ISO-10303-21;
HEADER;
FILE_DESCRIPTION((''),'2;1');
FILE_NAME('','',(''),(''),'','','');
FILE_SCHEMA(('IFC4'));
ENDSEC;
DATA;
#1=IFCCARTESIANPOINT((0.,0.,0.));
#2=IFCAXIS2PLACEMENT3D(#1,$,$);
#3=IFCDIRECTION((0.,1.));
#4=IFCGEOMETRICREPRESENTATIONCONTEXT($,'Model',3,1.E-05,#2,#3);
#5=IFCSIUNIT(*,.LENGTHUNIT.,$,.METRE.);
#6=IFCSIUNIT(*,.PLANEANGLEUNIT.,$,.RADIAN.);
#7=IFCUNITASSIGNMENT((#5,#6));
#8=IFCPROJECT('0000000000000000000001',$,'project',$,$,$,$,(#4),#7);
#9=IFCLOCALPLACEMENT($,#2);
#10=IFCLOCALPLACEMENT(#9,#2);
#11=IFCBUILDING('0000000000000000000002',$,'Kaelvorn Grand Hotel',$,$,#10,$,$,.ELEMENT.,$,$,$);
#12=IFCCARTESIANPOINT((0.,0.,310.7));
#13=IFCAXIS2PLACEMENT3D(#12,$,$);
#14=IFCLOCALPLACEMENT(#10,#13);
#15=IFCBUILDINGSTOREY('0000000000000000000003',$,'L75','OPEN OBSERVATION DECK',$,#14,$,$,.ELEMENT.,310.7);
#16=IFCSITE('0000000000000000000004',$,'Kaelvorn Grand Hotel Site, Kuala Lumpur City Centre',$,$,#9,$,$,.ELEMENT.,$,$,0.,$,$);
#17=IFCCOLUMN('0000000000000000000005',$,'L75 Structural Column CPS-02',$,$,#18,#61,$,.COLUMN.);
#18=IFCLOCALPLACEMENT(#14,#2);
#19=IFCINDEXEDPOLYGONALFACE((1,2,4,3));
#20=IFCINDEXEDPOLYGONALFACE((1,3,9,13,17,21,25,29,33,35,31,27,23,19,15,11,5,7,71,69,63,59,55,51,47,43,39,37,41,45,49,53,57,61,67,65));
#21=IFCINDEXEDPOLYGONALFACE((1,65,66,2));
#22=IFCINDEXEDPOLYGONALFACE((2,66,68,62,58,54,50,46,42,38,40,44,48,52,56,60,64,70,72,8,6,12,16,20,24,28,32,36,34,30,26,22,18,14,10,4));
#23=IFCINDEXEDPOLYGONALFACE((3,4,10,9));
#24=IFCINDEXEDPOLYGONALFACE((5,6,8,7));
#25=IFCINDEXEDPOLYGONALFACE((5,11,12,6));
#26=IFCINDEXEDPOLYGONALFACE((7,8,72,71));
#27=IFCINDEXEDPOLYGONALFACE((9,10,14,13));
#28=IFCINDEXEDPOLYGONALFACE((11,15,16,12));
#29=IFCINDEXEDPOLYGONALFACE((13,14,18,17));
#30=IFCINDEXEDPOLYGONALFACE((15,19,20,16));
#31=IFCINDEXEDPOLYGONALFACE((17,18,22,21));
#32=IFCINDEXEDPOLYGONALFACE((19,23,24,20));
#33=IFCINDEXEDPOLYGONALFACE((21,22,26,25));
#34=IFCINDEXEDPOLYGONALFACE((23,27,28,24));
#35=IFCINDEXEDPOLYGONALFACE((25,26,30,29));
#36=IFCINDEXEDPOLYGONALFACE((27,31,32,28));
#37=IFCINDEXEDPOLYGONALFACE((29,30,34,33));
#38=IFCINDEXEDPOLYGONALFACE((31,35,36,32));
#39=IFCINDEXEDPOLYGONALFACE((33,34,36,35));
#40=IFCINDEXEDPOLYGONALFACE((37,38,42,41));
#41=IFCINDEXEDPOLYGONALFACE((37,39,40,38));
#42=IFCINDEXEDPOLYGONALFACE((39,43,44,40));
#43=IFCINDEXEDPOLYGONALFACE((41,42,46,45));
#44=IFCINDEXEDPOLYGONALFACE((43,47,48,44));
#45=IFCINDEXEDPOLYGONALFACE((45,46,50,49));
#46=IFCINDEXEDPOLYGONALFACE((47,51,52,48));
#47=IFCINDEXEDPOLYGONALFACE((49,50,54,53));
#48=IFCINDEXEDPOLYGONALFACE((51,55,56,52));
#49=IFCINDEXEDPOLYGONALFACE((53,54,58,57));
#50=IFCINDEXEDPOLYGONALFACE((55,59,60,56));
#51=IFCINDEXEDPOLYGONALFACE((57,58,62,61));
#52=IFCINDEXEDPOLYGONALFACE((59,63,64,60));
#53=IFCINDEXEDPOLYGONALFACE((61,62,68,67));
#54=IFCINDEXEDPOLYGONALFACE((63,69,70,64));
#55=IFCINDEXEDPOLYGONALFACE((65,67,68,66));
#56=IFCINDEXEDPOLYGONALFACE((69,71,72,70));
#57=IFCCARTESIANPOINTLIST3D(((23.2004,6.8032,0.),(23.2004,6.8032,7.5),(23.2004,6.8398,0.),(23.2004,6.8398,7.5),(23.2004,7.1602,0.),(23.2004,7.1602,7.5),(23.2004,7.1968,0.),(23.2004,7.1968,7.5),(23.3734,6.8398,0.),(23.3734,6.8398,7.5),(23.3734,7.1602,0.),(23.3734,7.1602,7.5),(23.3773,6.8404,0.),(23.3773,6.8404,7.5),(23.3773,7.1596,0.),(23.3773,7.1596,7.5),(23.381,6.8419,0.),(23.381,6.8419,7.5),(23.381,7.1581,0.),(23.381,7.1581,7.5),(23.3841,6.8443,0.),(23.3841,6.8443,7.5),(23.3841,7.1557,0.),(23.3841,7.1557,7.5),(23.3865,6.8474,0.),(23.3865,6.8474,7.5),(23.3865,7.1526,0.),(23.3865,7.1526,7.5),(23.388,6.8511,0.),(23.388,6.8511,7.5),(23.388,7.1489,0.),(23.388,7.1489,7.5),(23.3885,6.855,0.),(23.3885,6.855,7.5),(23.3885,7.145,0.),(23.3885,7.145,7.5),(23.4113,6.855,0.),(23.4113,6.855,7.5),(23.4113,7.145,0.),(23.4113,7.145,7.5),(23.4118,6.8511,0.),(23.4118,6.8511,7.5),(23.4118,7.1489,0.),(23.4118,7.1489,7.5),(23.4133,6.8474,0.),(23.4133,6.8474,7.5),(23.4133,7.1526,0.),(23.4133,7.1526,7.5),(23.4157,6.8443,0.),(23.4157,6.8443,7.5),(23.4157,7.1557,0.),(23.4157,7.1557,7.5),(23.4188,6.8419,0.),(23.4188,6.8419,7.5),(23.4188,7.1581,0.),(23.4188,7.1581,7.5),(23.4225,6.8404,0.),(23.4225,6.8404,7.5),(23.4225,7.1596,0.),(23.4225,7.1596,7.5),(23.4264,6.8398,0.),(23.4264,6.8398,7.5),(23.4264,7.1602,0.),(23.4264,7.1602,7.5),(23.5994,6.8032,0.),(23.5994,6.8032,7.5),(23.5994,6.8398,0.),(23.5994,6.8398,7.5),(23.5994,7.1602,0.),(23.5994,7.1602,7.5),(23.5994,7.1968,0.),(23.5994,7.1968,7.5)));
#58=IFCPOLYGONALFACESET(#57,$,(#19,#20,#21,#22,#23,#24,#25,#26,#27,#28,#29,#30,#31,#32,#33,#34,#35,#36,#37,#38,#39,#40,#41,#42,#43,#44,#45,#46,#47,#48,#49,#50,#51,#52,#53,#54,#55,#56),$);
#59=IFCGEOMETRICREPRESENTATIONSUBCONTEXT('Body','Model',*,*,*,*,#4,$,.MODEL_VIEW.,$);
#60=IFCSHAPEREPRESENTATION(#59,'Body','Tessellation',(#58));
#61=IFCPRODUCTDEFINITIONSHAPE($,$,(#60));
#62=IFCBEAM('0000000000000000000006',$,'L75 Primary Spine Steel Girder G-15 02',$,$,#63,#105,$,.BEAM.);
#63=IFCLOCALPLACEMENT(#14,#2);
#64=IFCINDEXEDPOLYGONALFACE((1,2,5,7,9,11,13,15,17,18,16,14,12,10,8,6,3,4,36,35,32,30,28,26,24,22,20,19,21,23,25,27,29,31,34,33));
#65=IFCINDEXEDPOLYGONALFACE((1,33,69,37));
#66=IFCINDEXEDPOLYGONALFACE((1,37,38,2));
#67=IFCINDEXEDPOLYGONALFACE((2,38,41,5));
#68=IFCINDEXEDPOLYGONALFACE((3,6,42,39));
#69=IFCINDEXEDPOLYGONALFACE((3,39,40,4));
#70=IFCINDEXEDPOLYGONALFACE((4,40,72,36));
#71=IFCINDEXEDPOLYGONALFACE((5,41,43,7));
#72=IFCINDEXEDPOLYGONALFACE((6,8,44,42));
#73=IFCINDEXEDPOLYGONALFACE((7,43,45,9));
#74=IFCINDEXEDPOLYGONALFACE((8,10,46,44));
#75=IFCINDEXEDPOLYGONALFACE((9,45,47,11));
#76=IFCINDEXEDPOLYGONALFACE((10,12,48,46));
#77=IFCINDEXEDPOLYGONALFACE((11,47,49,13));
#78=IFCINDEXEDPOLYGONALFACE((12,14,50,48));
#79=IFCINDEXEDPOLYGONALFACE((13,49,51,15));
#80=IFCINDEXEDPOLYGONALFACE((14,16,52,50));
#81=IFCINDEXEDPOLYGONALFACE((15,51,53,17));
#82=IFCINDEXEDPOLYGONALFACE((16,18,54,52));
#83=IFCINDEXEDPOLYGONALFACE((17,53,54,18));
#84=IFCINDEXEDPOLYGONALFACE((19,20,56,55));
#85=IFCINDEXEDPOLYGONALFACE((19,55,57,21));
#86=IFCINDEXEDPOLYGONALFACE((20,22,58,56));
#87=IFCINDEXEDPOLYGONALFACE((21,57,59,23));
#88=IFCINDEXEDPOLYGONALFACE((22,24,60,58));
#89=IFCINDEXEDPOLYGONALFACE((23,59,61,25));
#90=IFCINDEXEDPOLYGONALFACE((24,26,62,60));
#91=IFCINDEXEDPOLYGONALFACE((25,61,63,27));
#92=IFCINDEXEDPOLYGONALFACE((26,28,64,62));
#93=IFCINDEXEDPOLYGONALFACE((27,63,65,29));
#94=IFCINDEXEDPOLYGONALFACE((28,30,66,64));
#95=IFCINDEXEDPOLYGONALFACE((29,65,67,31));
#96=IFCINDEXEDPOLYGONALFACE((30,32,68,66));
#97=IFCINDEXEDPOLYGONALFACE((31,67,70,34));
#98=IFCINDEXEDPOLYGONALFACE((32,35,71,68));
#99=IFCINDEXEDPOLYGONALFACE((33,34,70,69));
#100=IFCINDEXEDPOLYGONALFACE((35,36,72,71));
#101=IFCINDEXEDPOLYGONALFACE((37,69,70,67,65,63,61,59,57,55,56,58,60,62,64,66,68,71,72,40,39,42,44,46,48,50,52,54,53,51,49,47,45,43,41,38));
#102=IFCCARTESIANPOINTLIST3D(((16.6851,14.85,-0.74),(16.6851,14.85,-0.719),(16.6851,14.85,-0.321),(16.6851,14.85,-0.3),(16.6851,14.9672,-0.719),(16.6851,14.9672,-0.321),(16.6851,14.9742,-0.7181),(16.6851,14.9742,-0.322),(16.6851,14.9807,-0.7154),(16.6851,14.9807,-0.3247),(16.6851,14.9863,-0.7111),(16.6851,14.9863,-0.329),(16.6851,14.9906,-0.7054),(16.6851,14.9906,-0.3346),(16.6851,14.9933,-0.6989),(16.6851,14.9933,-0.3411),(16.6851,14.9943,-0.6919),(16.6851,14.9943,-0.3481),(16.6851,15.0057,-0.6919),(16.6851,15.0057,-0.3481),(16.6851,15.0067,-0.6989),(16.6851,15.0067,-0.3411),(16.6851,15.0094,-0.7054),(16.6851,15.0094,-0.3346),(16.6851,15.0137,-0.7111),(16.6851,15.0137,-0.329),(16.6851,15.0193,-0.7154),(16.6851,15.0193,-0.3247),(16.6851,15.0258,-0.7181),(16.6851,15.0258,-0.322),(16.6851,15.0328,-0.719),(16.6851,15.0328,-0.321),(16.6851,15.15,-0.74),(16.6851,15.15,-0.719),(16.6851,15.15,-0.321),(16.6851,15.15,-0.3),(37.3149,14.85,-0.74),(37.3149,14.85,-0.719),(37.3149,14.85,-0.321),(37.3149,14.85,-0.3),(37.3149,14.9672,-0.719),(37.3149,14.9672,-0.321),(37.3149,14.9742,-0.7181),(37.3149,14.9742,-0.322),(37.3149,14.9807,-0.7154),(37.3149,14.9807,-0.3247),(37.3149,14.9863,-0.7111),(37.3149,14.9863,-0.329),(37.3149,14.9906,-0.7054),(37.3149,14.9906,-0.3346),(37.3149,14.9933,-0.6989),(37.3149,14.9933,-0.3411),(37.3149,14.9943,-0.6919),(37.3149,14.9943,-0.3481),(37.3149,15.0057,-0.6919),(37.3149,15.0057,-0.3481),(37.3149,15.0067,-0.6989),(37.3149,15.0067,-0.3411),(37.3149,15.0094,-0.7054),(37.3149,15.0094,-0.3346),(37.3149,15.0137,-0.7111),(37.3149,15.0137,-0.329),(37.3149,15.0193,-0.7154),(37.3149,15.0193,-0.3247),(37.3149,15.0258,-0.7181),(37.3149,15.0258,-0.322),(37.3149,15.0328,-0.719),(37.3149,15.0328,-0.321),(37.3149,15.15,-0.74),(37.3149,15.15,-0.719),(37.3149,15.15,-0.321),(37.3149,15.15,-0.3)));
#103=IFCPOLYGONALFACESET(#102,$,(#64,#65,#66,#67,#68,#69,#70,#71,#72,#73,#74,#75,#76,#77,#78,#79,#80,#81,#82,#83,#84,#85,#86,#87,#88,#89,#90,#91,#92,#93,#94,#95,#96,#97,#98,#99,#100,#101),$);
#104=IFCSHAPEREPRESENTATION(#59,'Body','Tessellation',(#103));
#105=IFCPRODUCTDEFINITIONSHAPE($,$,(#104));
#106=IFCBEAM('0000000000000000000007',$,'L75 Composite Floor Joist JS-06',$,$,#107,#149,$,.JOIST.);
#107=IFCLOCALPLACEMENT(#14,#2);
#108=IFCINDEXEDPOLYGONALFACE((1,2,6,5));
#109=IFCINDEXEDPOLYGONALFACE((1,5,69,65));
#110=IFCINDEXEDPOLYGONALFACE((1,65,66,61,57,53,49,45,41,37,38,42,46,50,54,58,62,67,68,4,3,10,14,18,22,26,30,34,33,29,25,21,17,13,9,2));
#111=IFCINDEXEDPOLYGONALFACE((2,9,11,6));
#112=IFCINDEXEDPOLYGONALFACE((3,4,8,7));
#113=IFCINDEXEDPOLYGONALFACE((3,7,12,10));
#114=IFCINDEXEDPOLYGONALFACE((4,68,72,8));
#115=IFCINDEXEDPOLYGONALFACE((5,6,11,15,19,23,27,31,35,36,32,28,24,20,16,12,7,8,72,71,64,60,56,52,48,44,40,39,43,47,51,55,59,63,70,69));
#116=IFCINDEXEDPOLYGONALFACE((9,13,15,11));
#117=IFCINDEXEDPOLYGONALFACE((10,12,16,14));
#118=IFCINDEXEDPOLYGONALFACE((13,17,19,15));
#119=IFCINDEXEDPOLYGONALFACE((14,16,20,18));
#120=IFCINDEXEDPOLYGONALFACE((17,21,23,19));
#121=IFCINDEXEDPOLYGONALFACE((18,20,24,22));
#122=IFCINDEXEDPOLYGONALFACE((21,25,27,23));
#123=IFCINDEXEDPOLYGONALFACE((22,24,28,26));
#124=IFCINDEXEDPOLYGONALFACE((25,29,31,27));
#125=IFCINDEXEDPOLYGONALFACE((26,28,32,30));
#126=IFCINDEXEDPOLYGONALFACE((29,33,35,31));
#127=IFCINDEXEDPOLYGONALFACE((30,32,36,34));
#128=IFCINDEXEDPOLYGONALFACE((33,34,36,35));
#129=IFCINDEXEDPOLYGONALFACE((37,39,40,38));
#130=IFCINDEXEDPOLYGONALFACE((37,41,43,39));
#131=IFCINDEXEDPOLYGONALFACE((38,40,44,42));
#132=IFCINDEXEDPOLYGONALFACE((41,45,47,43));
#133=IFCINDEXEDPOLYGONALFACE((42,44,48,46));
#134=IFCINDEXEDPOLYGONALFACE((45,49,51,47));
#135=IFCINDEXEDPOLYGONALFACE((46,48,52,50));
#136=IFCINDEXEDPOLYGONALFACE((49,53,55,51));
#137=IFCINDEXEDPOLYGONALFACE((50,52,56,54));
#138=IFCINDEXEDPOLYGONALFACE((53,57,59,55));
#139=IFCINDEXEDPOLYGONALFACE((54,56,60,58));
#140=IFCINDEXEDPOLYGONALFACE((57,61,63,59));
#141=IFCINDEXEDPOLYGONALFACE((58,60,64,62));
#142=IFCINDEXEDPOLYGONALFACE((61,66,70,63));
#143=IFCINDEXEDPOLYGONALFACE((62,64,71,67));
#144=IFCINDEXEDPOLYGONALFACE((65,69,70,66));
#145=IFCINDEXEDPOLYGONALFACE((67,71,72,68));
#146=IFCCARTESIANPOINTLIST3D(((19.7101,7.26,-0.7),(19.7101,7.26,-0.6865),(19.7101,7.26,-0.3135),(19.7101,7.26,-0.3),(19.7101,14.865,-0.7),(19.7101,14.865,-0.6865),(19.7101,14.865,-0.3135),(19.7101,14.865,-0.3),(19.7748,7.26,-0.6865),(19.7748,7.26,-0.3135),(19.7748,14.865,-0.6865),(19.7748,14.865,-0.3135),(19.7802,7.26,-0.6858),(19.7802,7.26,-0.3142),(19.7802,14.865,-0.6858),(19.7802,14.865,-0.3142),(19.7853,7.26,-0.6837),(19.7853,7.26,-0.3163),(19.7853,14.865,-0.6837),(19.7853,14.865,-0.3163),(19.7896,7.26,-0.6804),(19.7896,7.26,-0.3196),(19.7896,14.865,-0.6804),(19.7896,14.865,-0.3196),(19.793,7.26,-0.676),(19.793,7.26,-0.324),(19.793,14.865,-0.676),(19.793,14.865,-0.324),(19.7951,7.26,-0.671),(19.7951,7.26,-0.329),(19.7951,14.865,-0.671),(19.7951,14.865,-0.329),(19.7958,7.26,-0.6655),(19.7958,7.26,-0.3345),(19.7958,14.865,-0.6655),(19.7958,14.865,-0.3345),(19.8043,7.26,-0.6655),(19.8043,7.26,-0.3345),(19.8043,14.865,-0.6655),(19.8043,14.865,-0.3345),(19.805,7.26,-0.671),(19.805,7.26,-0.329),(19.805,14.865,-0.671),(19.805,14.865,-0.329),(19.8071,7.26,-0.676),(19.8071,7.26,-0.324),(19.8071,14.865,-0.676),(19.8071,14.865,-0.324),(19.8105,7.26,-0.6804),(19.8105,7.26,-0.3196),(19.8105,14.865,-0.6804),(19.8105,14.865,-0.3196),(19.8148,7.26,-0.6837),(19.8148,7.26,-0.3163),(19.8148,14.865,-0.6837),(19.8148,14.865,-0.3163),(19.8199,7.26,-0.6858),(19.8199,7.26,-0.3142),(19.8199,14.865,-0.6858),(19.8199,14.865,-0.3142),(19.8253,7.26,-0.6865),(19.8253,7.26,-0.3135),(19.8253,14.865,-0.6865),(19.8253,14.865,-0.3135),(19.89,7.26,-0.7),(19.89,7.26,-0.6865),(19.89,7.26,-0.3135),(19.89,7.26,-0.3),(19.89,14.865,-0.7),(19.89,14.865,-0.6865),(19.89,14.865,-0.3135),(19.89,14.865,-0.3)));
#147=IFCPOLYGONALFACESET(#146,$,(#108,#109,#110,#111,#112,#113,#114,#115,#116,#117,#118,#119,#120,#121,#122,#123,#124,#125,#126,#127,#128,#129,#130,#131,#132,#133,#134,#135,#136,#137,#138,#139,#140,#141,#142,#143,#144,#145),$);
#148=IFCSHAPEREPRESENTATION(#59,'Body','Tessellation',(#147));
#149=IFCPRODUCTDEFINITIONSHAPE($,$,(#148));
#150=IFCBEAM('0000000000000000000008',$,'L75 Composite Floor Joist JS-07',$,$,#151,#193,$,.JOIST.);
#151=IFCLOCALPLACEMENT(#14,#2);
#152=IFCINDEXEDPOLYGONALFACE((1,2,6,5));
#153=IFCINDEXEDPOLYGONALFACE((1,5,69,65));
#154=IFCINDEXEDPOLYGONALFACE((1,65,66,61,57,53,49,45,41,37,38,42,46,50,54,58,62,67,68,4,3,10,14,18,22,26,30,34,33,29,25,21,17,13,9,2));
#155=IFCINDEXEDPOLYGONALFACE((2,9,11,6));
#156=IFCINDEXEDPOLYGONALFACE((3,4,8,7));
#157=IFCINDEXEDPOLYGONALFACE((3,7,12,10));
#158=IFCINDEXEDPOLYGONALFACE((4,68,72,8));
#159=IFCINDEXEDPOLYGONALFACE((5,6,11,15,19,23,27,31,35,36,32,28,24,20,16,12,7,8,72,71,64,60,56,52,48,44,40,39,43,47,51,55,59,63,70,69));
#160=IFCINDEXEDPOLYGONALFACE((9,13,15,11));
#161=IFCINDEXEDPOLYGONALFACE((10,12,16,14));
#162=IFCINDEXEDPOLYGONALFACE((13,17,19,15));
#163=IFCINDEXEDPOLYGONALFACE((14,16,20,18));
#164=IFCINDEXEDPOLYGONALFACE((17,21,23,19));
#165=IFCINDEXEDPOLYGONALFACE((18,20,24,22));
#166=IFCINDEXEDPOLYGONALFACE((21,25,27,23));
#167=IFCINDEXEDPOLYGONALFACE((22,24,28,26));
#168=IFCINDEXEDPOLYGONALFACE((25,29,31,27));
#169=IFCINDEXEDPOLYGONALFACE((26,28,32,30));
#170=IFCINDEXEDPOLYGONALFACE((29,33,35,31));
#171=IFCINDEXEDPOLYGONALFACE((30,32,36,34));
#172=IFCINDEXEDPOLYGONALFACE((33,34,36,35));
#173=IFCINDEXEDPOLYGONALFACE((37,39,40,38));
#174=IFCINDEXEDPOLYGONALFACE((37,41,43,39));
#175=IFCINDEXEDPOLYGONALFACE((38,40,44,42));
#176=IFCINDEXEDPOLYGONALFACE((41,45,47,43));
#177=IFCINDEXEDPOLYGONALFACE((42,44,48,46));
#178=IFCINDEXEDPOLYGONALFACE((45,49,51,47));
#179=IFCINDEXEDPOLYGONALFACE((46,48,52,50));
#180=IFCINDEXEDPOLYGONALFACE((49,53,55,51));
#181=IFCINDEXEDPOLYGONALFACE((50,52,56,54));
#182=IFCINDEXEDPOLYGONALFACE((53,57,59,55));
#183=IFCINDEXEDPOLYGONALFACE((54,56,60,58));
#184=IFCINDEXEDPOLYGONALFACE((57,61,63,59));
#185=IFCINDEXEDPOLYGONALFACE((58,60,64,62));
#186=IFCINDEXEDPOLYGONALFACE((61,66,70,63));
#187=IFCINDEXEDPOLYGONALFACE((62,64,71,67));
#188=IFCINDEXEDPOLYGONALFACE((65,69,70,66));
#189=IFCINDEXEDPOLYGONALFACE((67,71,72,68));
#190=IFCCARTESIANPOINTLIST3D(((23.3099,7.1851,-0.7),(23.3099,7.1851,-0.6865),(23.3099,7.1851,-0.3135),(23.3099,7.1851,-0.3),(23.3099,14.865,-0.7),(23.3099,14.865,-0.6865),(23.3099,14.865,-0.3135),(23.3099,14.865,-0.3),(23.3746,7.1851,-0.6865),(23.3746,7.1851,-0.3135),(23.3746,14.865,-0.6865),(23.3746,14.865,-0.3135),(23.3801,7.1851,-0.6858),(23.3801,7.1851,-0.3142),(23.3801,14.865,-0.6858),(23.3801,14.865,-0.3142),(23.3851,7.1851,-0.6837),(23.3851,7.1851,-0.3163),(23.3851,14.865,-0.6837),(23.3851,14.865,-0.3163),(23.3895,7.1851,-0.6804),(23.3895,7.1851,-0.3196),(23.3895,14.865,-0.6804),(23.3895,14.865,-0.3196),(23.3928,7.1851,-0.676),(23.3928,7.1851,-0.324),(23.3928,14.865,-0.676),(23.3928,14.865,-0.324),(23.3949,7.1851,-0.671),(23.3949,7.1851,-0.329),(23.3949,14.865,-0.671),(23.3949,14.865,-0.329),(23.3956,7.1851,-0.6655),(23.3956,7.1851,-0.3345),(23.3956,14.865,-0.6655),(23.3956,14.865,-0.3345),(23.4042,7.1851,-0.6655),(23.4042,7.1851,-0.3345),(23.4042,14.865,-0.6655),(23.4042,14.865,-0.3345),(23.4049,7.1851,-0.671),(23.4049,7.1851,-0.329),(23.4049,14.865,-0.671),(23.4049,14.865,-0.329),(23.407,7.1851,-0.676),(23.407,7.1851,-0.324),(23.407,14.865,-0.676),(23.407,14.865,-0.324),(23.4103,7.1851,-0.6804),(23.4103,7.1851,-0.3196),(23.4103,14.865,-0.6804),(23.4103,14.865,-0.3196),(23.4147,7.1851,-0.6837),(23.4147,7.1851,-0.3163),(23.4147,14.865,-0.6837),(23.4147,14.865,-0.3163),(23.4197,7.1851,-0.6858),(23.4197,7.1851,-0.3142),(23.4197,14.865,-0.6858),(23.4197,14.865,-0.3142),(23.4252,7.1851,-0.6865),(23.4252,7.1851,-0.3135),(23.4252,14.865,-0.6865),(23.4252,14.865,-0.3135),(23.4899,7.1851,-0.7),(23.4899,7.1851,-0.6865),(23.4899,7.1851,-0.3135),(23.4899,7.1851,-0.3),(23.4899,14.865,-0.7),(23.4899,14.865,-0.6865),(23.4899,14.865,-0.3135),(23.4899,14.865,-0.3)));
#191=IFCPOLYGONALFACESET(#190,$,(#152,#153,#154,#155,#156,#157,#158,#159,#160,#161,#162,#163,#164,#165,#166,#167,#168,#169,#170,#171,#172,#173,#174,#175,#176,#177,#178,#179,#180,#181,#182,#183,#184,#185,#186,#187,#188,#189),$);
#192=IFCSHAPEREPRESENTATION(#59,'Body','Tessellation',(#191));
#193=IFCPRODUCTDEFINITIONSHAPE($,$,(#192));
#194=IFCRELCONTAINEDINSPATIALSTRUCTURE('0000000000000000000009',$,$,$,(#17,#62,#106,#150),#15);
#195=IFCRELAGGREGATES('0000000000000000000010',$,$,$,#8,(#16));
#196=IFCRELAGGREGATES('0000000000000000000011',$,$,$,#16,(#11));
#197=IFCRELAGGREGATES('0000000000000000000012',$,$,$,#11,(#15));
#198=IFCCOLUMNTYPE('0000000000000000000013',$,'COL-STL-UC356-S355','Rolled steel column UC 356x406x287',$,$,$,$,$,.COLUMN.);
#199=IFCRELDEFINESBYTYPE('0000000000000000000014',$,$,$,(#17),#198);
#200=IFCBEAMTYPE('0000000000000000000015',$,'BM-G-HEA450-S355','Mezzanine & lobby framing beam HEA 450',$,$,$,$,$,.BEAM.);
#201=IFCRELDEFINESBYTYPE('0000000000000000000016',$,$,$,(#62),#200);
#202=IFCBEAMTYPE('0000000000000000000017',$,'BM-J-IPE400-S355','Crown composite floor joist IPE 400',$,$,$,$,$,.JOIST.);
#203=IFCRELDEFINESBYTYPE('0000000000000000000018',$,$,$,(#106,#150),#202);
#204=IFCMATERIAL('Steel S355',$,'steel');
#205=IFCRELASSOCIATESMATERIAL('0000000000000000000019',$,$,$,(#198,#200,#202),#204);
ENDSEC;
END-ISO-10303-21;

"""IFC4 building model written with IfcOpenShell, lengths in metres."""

from ifc_helpers import new_model, si_unit, direction, frame, origin, origin_2d, place, context, subcontext, project, spatial, i_section, extrude, material, material_profile, profile_set, type_object, element, save


model = new_model("IFC4")

# Units and contexts
model_context = context("Model", 3, precision=1e-05, world=origin(), true_north=direction((0.0, 1.0)))
body_context = subcontext(model_context, "Body", "Model", "MODEL_VIEW")
ifc_project = project(units=[si_unit("LENGTHUNIT", "METRE"), si_unit("PLANEANGLEUNIT", "RADIAN")], contexts=[model_context])

# Site, building, storey
site_placement = place(None, origin())
site = spatial("IfcSite", under=ifc_project, at=site_placement, Name="Kaelvorn Grand Hotel Site, Kuala Lumpur City Centre", CompositionType="ELEMENT", RefElevation=0.0)
building_placement = place(site_placement, origin())
building = spatial("IfcBuilding", under=site, at=building_placement, Name="Kaelvorn Grand Hotel", CompositionType="ELEMENT")
storey_placement = place(building_placement, frame((0.0, 0.0, 310.7)))
storey = spatial("IfcBuildingStorey", under=building, at=storey_placement, Name="L75", Description="OPEN OBSERVATION DECK", CompositionType="ELEMENT", Elevation=310.7)

# Column
ifc_material_1 = material(Name="Steel S355", Category="steel")
ifc_material_profile_1 = material_profile(ifc_material_1, i_section(OverallWidth=0.3989, OverallDepth=0.3936, WebThickness=0.0227, FlangeThickness=0.0366, FilletRadius=0.0151, at=origin_2d()), Name="UC 356x406x287")
ifc_profile_set_1 = profile_set([ifc_material_profile_1], Name="Steel S355")
column_type = type_object("IfcColumnType", Name="COL-STL-UC356-S355", Description="Rolled steel column UC 356x406x287", PredefinedType="COLUMN", material=ifc_profile_set_1)
column_placement = place(storey_placement, frame((23.3999, 7.0, 0.0), z_axis=(0.0, 0.0, 1.0), x_axis=(1.0, 0.0, 0.0)))
element("IfcColumn", 1, at=column_placement, inside=storey, type_object=column_type, Name="L75 Structural Column CPS-02", PredefinedType="COLUMN", context=body_context, shape_type="SweptSolid", body=[
    extrude(i_section(OverallWidth=0.3989, OverallDepth=0.3936, WebThickness=0.0227, FlangeThickness=0.0366, FilletRadius=0.0151, at=origin_2d()), origin(), (0.0, 0.0, 1.0), 7.5),
])

# Beams
ifc_material_profile_2 = material_profile(ifc_material_1, i_section(OverallWidth=0.3, OverallDepth=0.4399, WebThickness=0.0115, FlangeThickness=0.021, FilletRadius=0.0271, at=origin_2d()), Name="HEA 450")
ifc_profile_set_2 = profile_set([ifc_material_profile_2], Name="Steel S355")
beam_type_1 = type_object("IfcBeamType", Name="BM-G-HEA450-S355", Description="Mezzanine & lobby framing beam HEA 450", PredefinedType="BEAM", material=ifc_profile_set_2)
beam_1_placement = place(storey_placement, frame((16.6851, 15.0, -0.52), z_axis=(1.0, 0.0, 0.0), x_axis=(0.0, 1.0, 0.0)))
element("IfcBeam", 2, at=beam_1_placement, inside=storey, type_object=beam_type_1, Name="L75 Primary Spine Steel Girder G-15 02", PredefinedType="BEAM", context=body_context, shape_type="SweptSolid", body=[
    extrude(i_section(OverallWidth=0.3, OverallDepth=0.4399, WebThickness=0.0115, FlangeThickness=0.021, FilletRadius=0.0271, at=origin_2d()), origin(), (0.0, 0.0, 1.0), 20.6299),
])
ifc_material_profile_3 = material_profile(ifc_material_1, i_section(OverallWidth=0.1799, OverallDepth=0.3999, WebThickness=0.0085, FlangeThickness=0.0134, FilletRadius=0.021, at=origin_2d()), Name="IPE 400")
ifc_profile_set_3 = profile_set([ifc_material_profile_3], Name="Steel S355")
beam_type_2 = type_object("IfcBeamType", Name="BM-J-IPE400-S355", Description="Crown composite floor joist IPE 400", PredefinedType="JOIST", material=ifc_profile_set_3)
beam_2_placement = place(storey_placement, frame((19.8, 7.26, -0.5), z_axis=(0.0, 1.0, 0.0), x_axis=(-1.0, 0.0, 0.0)))
element("IfcBeam", 3, at=beam_2_placement, inside=storey, type_object=beam_type_2, Name="L75 Composite Floor Joist JS-06", PredefinedType="JOIST", context=body_context, shape_type="SweptSolid", body=[
    extrude(i_section(OverallWidth=0.1799, OverallDepth=0.3999, WebThickness=0.0085, FlangeThickness=0.0134, FilletRadius=0.021, at=origin_2d()), origin(), (0.0, 0.0, 1.0), 7.605),
])
beam_3_placement = place(storey_placement, frame((23.3999, 7.1851, -0.5), z_axis=(0.0, 1.0, 0.0), x_axis=(-1.0, 0.0, 0.0)))
element("IfcBeam", 4, at=beam_3_placement, inside=storey, type_object=beam_type_2, Name="L75 Composite Floor Joist JS-07", PredefinedType="JOIST", context=body_context, shape_type="SweptSolid", body=[
    extrude(i_section(OverallWidth=0.1799, OverallDepth=0.3999, WebThickness=0.0085, FlangeThickness=0.0134, FilletRadius=0.021, at=origin_2d()), origin(), (0.0, 0.0, 1.0), 7.6799),
])

save(model, "model.ifc")
